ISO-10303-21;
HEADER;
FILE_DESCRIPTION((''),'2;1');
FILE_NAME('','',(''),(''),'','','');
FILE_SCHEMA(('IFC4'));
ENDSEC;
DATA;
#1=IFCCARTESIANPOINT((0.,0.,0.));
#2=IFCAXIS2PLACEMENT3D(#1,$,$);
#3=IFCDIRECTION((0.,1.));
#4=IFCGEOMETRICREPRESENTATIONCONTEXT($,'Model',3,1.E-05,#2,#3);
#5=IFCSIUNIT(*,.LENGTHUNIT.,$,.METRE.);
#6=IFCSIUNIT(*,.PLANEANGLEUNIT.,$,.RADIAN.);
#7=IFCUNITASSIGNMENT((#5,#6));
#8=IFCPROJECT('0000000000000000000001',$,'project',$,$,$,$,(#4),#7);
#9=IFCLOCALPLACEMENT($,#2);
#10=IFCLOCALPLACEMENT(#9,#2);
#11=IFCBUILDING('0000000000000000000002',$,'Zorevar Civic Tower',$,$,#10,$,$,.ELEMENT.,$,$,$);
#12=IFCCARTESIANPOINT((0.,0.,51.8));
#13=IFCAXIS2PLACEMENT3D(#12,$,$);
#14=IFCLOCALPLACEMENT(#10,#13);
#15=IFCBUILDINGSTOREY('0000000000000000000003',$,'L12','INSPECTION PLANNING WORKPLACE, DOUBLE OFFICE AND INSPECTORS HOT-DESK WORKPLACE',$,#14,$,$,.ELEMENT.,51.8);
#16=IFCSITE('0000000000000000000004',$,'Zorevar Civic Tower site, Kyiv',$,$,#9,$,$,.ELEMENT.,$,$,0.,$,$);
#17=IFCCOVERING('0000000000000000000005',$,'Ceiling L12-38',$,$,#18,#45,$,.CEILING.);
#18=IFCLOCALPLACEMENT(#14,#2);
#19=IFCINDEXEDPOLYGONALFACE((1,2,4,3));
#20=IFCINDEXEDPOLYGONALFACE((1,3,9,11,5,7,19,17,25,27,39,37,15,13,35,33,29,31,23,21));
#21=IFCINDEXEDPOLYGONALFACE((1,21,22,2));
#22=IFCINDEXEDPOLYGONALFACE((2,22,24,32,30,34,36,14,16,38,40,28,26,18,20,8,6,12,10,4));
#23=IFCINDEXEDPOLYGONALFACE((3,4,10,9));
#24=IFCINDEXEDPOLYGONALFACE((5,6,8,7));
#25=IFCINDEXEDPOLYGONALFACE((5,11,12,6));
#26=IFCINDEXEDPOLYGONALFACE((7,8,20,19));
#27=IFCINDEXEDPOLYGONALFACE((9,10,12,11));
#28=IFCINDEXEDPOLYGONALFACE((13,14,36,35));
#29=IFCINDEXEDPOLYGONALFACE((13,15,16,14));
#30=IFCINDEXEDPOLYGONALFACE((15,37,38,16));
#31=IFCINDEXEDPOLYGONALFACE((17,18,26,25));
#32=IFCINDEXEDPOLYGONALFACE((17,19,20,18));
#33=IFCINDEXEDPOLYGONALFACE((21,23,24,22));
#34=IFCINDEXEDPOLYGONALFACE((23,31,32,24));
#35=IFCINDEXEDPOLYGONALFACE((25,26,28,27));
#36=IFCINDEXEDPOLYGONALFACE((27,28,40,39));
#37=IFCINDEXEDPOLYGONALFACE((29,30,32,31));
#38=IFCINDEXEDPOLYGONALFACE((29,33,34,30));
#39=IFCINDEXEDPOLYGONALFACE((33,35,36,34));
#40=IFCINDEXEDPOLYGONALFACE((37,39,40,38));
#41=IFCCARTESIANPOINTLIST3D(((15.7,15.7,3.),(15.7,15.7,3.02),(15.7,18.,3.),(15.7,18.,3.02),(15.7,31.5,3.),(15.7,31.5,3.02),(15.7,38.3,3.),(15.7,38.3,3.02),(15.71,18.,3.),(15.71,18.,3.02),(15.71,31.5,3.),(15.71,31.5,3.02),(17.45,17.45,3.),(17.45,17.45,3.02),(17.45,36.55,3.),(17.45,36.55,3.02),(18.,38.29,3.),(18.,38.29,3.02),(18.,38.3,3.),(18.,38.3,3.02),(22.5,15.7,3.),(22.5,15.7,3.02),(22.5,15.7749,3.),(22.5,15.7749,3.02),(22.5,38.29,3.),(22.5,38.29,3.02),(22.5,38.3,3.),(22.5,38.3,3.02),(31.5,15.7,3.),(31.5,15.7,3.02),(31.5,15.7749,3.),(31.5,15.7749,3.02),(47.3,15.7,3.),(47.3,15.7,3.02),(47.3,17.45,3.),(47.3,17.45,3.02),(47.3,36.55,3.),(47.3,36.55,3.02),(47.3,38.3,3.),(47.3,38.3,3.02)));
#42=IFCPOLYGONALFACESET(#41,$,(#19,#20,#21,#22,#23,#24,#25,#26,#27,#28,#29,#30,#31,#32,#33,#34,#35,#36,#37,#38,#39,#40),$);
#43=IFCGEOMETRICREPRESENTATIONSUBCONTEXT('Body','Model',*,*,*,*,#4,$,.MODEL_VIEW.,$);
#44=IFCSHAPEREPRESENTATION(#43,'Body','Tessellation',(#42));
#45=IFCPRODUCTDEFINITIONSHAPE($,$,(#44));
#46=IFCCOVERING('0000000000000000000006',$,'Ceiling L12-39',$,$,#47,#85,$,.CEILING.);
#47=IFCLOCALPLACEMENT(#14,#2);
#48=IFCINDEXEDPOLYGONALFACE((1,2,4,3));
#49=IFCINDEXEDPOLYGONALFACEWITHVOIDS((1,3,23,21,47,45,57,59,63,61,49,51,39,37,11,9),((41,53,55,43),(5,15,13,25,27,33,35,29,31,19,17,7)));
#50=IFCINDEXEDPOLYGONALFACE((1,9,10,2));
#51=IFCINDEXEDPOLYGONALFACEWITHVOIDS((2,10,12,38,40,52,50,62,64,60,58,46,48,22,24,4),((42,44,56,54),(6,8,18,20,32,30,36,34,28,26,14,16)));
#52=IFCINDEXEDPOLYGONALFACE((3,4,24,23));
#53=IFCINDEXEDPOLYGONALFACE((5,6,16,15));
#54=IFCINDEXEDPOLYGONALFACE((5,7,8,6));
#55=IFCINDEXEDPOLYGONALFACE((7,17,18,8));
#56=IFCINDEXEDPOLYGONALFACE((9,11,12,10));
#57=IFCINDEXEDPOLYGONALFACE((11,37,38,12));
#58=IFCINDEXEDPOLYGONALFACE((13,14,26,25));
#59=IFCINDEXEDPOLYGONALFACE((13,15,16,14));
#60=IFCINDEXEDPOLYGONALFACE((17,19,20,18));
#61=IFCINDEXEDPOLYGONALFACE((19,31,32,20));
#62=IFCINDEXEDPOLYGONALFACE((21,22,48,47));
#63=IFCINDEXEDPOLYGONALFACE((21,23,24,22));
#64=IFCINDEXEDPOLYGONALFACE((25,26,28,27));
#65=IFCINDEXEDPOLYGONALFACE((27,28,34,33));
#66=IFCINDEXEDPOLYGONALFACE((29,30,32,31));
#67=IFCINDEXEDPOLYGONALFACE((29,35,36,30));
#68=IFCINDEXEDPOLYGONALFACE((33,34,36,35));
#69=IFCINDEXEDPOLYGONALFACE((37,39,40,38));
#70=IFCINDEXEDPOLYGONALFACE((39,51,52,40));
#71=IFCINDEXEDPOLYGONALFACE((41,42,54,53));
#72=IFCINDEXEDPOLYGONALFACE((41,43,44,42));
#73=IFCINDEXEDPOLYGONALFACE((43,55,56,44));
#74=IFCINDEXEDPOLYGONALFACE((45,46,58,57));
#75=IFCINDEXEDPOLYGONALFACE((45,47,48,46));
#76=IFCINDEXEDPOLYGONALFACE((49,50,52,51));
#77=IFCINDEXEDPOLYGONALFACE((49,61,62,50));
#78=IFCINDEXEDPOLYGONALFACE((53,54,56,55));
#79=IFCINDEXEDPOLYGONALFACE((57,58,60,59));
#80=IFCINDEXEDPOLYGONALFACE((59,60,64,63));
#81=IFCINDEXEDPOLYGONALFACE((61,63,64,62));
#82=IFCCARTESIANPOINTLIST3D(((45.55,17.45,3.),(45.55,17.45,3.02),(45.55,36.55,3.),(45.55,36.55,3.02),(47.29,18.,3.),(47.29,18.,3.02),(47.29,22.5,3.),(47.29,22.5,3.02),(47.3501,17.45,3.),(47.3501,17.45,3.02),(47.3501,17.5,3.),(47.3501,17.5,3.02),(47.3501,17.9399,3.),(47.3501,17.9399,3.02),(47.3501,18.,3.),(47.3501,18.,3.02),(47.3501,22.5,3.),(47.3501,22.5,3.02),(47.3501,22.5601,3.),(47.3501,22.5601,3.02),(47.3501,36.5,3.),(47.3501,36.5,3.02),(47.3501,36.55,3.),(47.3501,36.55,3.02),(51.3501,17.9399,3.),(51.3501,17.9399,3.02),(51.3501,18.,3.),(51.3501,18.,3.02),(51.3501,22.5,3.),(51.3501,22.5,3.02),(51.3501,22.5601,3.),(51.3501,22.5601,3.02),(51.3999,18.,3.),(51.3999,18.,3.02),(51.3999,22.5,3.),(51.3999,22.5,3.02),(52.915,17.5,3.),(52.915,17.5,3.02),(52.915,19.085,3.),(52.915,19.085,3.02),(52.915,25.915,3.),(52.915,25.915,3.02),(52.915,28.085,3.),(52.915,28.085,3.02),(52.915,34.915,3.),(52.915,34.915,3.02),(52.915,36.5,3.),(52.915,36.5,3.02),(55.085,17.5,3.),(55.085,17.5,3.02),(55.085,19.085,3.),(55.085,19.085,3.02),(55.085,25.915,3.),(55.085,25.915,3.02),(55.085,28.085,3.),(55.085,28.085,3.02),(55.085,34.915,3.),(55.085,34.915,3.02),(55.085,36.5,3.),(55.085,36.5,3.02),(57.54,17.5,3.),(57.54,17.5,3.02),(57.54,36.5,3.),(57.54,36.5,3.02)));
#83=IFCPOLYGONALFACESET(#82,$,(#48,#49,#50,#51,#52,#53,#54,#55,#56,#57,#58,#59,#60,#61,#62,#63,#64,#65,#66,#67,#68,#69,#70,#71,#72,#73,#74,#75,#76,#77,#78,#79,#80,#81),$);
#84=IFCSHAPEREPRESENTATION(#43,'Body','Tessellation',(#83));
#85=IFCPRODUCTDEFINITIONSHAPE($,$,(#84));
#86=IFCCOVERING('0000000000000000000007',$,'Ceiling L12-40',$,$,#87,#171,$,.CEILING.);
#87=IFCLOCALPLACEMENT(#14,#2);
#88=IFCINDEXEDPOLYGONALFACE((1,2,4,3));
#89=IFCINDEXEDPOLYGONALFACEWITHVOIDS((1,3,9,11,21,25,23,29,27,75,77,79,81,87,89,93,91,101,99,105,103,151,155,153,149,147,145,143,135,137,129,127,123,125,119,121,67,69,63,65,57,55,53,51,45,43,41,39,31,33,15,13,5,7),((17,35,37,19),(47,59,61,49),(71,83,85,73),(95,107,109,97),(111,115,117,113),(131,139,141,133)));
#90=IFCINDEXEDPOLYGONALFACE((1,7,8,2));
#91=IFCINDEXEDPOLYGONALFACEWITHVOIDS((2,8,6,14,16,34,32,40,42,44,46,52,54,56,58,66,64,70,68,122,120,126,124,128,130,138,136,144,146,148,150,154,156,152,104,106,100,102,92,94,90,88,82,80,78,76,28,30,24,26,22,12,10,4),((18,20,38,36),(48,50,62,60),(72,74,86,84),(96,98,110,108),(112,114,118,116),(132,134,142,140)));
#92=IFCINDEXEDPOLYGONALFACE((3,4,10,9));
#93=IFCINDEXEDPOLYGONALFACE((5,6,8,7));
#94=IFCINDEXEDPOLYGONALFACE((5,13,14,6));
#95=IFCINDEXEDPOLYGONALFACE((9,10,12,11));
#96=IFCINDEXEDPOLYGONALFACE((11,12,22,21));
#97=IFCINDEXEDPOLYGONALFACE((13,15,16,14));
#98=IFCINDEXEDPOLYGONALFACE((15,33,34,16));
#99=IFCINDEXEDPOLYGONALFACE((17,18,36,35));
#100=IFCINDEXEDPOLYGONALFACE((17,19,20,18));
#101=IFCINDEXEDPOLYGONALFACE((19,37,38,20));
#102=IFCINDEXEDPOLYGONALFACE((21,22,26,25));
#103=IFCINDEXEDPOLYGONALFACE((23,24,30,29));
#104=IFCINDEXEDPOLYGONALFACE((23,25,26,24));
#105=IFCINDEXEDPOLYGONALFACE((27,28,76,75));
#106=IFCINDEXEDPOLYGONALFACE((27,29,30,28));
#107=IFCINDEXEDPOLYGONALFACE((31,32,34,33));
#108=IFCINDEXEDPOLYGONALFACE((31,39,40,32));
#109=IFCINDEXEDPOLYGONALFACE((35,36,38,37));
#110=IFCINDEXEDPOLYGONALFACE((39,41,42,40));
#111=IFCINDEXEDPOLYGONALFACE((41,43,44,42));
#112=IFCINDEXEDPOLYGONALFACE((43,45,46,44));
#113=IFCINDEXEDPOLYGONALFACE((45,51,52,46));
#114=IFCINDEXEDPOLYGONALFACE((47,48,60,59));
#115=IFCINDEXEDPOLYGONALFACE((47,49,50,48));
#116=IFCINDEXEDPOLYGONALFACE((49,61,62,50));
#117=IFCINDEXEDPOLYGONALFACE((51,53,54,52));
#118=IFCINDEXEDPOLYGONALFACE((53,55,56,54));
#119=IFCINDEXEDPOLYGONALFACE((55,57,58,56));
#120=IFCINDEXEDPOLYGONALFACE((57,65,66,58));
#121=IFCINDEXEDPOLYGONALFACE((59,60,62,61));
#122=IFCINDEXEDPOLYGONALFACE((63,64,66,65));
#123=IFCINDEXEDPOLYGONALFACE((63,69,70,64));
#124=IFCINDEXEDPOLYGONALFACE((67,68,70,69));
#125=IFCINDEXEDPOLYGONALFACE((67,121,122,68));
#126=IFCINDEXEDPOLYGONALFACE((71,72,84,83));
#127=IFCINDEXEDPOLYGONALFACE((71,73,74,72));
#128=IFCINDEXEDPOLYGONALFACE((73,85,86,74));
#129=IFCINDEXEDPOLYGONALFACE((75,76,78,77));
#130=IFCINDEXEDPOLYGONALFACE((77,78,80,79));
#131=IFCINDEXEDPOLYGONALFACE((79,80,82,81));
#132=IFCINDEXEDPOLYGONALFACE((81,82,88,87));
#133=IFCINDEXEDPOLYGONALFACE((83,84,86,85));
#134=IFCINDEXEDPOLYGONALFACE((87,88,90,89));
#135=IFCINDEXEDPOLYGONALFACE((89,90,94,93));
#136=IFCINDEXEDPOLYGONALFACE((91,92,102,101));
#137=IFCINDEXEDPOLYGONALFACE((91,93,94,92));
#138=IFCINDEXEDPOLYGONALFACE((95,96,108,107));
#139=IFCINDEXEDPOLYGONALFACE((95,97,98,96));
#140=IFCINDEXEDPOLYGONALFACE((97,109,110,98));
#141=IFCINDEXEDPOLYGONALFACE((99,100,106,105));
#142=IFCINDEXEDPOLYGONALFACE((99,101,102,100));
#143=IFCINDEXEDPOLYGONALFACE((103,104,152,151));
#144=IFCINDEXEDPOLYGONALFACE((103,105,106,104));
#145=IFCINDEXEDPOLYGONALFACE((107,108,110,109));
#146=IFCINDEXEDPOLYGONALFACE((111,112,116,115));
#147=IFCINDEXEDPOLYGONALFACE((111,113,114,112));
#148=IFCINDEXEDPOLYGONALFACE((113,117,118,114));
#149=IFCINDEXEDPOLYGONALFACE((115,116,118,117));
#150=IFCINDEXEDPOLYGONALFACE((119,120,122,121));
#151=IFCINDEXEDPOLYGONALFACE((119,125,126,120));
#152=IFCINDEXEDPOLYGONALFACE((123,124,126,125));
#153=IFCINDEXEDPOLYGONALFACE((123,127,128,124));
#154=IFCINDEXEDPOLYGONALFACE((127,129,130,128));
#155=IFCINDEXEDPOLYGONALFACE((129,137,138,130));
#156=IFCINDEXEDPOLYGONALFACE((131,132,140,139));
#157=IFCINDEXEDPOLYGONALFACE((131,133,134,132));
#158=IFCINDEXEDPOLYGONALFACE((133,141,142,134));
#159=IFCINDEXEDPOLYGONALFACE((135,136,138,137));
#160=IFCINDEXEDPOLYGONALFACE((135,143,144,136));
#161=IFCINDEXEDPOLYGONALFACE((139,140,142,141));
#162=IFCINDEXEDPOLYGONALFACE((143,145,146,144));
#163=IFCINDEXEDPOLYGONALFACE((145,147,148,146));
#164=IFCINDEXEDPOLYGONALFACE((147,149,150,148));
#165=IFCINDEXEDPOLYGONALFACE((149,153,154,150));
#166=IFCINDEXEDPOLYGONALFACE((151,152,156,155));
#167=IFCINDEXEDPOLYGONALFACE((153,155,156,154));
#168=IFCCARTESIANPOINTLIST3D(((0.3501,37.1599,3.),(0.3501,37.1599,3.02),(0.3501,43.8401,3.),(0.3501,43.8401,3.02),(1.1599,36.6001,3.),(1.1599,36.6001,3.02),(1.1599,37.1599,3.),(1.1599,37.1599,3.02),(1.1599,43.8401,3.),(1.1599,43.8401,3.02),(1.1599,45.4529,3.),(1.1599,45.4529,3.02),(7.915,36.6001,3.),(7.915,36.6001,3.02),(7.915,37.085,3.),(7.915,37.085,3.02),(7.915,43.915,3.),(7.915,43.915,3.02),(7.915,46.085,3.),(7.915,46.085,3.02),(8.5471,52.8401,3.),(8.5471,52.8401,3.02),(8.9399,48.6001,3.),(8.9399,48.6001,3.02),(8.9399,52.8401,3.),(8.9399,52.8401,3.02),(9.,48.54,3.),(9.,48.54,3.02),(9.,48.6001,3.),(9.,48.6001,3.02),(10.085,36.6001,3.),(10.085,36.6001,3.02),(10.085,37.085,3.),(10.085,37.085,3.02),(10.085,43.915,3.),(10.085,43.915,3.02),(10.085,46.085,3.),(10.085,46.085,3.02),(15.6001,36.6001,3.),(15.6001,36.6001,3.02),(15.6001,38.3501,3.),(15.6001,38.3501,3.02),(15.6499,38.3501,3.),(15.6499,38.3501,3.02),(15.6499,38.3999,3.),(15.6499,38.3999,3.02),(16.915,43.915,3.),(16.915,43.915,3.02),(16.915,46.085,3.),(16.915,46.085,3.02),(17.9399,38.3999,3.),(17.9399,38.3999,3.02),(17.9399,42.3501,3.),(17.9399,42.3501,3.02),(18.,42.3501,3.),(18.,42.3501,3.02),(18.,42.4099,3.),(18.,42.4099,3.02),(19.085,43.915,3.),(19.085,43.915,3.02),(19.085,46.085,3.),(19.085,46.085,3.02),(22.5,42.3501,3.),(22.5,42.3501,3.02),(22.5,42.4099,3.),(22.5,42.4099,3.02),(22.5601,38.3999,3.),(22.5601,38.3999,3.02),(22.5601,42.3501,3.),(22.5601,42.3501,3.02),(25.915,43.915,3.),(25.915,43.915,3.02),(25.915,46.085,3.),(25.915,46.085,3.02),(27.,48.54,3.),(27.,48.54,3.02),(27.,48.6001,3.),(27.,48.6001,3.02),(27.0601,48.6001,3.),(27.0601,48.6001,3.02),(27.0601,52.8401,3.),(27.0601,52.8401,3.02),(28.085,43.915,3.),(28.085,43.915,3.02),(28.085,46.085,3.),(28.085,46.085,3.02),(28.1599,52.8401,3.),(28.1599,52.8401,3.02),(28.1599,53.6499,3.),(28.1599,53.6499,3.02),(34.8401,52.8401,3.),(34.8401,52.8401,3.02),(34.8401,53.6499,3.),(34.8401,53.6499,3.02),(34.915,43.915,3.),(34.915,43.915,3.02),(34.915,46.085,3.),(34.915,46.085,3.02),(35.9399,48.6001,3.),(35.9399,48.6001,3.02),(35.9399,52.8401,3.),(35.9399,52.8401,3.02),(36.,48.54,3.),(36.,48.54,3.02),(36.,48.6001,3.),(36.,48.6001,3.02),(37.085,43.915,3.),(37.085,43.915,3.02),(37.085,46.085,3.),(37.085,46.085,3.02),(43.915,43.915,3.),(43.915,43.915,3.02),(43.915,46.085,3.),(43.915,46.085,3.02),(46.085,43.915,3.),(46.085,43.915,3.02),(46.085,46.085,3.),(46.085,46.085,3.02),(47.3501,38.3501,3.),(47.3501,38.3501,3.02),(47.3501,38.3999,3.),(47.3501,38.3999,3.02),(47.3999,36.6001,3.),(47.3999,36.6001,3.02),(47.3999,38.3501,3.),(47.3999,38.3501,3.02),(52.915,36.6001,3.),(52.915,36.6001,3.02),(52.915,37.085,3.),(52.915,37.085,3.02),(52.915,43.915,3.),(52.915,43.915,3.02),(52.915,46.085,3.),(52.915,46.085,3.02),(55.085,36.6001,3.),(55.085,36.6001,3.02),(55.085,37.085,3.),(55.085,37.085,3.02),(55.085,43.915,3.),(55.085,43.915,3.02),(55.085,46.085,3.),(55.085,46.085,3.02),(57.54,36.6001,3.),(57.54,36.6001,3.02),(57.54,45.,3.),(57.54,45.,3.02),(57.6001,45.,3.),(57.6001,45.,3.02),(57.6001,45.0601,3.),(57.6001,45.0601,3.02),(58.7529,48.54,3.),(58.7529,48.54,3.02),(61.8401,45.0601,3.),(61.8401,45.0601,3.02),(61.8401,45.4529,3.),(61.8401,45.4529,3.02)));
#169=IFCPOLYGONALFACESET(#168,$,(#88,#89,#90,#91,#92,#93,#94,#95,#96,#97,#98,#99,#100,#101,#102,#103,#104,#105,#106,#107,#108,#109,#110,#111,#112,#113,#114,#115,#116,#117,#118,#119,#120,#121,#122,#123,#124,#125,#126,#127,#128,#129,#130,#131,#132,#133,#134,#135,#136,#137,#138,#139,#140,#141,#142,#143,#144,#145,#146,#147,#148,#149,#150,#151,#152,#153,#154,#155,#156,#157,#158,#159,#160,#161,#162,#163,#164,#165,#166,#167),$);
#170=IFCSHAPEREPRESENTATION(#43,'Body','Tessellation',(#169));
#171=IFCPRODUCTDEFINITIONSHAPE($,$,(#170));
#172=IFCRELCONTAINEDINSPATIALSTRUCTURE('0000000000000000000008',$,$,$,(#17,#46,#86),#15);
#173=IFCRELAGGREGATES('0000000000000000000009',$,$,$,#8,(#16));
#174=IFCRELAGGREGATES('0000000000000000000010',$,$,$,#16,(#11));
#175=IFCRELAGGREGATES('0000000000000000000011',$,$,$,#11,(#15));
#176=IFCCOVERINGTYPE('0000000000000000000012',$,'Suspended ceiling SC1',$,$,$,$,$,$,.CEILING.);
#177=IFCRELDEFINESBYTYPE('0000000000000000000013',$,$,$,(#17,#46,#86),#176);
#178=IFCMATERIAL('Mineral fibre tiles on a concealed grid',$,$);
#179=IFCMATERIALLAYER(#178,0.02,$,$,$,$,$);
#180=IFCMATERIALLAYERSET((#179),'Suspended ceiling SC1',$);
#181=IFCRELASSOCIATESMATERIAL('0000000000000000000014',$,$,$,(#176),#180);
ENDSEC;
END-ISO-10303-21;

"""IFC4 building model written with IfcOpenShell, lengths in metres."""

from ifc_helpers import new_model, si_unit, direction, frame, origin, place, context, subcontext, project, spatial, polyline, outline, extrude, material, layer, layer_set, type_object, element, save


model = new_model("IFC4")

# Units and contexts
model_context = context("Model", 3, precision=1e-05, world=origin(), true_north=direction((0.0, 1.0)))
body_context = subcontext(model_context, "Body", "Model", "MODEL_VIEW")
ifc_project = project(units=[si_unit("LENGTHUNIT", "METRE"), si_unit("PLANEANGLEUNIT", "RADIAN")], contexts=[model_context])

# Site, building, storey
site_placement = place(None, origin())
site = spatial("IfcSite", under=ifc_project, at=site_placement, Name="Zorevar Civic Tower site, Kyiv", CompositionType="ELEMENT", RefElevation=0.0)
building_placement = place(site_placement, origin())
building = spatial("IfcBuilding", under=site, at=building_placement, Name="Zorevar Civic Tower", CompositionType="ELEMENT")
storey_placement = place(building_placement, frame((0.0, 0.0, 51.8)))
storey = spatial("IfcBuildingStorey", under=building, at=storey_placement, Name="L12", Description="INSPECTION PLANNING WORKPLACE, DOUBLE OFFICE AND INSPECTORS HOT-DESK WORKPLACE", CompositionType="ELEMENT", Elevation=51.8)

# Coverings
ifc_material_1 = material(Name="Mineral fibre tiles on a concealed grid")
ifc_layer_1 = layer(ifc_material_1, 0.02)
ifc_layer_set_1 = layer_set([ifc_layer_1], Name="Suspended ceiling SC1")
covering_type_1 = type_object("IfcCoveringType", Name="Suspended ceiling SC1", PredefinedType="CEILING", material=ifc_layer_set_1)
covering_1_placement = place(storey_placement, frame((0.0, 0.0, 3.0)))
element("IfcCovering", 1, at=covering_1_placement, inside=storey, type_object=covering_type_1, Name="Ceiling L12-38", PredefinedType="CEILING", context=body_context, shape_type="SweptSolid", body=[
    extrude(outline(polyline([(22.5, 38.3), (47.3, 38.3), (47.3, 36.55), (17.45, 36.55), (17.45, 17.45), (47.3, 17.45), (47.3, 15.7), (31.5, 15.7), (31.5, 15.7749), (22.5, 15.7749), (22.5, 15.7), (15.7, 15.7), (15.7, 18.0), (15.71, 18.0), (15.71, 31.5), (15.7, 31.5), (15.7, 38.3), (18.0, 38.3), (18.0, 38.29), (22.5, 38.29), (22.5, 38.3)])), origin(), (0.0, 0.0, 1.0), 0.02),
])
covering_2_placement = place(storey_placement, frame((0.0, 0.0, 3.0)))
element("IfcCovering", 2, at=covering_2_placement, inside=storey, type_object=covering_type_1, Name="Ceiling L12-39", PredefinedType="CEILING", context=body_context, shape_type="SweptSolid", body=[
    extrude(outline(polyline([(55.085, 19.085), (52.915, 19.085), (52.915, 17.5), (47.3501, 17.5), (47.3501, 17.45), (45.55, 17.45), (45.55, 36.55), (47.3501, 36.55), (47.3501, 36.5), (52.915, 36.5), (52.915, 34.915), (55.085, 34.915), (55.085, 36.5), (57.54, 36.5), (57.54, 17.5), (55.085, 17.5), (55.085, 19.085)]), holes=[polyline([(51.3501, 18.0), (51.3999, 18.0), (51.3999, 22.5), (51.3501, 22.5), (51.3501, 22.5601), (47.3501, 22.5601), (47.3501, 22.5), (47.29, 22.5), (47.29, 18.0), (47.3501, 18.0), (47.3501, 17.9399), (51.3501, 17.9399), (51.3501, 18.0)]), polyline([(52.915, 28.085), (52.915, 25.915), (55.085, 25.915), (55.085, 28.085), (52.915, 28.085)])]), origin(), (0.0, 0.0, 1.0), 0.02),
])
covering_3_placement = place(storey_placement, frame((0.0, 0.0, 3.0)))
element("IfcCovering", 3, at=covering_3_placement, inside=storey, type_object=covering_type_1, Name="Ceiling L12-40", PredefinedType="CEILING", context=body_context, shape_type="SweptSolid", body=[
    extrude(outline(polyline([(57.6001, 45.0601), (57.6001, 45.0), (57.54, 45.0), (57.54, 36.6001), (55.085, 36.6001), (55.085, 37.085), (52.915, 37.085), (52.915, 36.6001), (47.3999, 36.6001), (47.3999, 38.3501), (47.3501, 38.3501), (47.3501, 38.3999), (22.5601, 38.3999), (22.5601, 42.3501), (22.5, 42.3501), (22.5, 42.4099), (18.0, 42.4099), (18.0, 42.3501), (17.9399, 42.3501), (17.9399, 38.3999), (15.6499, 38.3999), (15.6499, 38.3501), (15.6001, 38.3501), (15.6001, 36.6001), (10.085, 36.6001), (10.085, 37.085), (7.915, 37.085), (7.915, 36.6001), (1.1599, 36.6001), (1.1599, 37.1599), (0.3501, 37.1599), (0.3501, 43.8401), (1.1599, 43.8401), (1.1599, 45.4529), (8.5471, 52.8401), (8.9399, 52.8401), (8.9399, 48.6001), (9.0, 48.6001), (9.0, 48.54), (27.0, 48.54), (27.0, 48.6001), (27.0601, 48.6001), (27.0601, 52.8401), (28.1599, 52.8401), (28.1599, 53.6499), (34.8401, 53.6499), (34.8401, 52.8401), (35.9399, 52.8401), (35.9399, 48.6001), (36.0, 48.6001), (36.0, 48.54), (58.7529, 48.54), (61.8401, 45.4529), (61.8401, 45.0601), (57.6001, 45.0601)]), holes=[polyline([(10.085, 46.085), (7.915, 46.085), (7.915, 43.915), (10.085, 43.915), (10.085, 46.085)]), polyline([(16.915, 43.915), (19.085, 43.915), (19.085, 46.085), (16.915, 46.085), (16.915, 43.915)]), polyline([(25.915, 46.085), (25.915, 43.915), (28.085, 43.915), (28.085, 46.085), (25.915, 46.085)]), polyline([(37.085, 43.915), (37.085, 46.085), (34.915, 46.085), (34.915, 43.915), (37.085, 43.915)]), polyline([(43.915, 46.085), (43.915, 43.915), (46.085, 43.915), (46.085, 46.085), (43.915, 46.085)]), polyline([(55.085, 43.915), (55.085, 46.085), (52.915, 46.085), (52.915, 43.915), (55.085, 43.915)])]), origin(), (0.0, 0.0, 1.0), 0.02),
])

save(model, "model.ifc")
